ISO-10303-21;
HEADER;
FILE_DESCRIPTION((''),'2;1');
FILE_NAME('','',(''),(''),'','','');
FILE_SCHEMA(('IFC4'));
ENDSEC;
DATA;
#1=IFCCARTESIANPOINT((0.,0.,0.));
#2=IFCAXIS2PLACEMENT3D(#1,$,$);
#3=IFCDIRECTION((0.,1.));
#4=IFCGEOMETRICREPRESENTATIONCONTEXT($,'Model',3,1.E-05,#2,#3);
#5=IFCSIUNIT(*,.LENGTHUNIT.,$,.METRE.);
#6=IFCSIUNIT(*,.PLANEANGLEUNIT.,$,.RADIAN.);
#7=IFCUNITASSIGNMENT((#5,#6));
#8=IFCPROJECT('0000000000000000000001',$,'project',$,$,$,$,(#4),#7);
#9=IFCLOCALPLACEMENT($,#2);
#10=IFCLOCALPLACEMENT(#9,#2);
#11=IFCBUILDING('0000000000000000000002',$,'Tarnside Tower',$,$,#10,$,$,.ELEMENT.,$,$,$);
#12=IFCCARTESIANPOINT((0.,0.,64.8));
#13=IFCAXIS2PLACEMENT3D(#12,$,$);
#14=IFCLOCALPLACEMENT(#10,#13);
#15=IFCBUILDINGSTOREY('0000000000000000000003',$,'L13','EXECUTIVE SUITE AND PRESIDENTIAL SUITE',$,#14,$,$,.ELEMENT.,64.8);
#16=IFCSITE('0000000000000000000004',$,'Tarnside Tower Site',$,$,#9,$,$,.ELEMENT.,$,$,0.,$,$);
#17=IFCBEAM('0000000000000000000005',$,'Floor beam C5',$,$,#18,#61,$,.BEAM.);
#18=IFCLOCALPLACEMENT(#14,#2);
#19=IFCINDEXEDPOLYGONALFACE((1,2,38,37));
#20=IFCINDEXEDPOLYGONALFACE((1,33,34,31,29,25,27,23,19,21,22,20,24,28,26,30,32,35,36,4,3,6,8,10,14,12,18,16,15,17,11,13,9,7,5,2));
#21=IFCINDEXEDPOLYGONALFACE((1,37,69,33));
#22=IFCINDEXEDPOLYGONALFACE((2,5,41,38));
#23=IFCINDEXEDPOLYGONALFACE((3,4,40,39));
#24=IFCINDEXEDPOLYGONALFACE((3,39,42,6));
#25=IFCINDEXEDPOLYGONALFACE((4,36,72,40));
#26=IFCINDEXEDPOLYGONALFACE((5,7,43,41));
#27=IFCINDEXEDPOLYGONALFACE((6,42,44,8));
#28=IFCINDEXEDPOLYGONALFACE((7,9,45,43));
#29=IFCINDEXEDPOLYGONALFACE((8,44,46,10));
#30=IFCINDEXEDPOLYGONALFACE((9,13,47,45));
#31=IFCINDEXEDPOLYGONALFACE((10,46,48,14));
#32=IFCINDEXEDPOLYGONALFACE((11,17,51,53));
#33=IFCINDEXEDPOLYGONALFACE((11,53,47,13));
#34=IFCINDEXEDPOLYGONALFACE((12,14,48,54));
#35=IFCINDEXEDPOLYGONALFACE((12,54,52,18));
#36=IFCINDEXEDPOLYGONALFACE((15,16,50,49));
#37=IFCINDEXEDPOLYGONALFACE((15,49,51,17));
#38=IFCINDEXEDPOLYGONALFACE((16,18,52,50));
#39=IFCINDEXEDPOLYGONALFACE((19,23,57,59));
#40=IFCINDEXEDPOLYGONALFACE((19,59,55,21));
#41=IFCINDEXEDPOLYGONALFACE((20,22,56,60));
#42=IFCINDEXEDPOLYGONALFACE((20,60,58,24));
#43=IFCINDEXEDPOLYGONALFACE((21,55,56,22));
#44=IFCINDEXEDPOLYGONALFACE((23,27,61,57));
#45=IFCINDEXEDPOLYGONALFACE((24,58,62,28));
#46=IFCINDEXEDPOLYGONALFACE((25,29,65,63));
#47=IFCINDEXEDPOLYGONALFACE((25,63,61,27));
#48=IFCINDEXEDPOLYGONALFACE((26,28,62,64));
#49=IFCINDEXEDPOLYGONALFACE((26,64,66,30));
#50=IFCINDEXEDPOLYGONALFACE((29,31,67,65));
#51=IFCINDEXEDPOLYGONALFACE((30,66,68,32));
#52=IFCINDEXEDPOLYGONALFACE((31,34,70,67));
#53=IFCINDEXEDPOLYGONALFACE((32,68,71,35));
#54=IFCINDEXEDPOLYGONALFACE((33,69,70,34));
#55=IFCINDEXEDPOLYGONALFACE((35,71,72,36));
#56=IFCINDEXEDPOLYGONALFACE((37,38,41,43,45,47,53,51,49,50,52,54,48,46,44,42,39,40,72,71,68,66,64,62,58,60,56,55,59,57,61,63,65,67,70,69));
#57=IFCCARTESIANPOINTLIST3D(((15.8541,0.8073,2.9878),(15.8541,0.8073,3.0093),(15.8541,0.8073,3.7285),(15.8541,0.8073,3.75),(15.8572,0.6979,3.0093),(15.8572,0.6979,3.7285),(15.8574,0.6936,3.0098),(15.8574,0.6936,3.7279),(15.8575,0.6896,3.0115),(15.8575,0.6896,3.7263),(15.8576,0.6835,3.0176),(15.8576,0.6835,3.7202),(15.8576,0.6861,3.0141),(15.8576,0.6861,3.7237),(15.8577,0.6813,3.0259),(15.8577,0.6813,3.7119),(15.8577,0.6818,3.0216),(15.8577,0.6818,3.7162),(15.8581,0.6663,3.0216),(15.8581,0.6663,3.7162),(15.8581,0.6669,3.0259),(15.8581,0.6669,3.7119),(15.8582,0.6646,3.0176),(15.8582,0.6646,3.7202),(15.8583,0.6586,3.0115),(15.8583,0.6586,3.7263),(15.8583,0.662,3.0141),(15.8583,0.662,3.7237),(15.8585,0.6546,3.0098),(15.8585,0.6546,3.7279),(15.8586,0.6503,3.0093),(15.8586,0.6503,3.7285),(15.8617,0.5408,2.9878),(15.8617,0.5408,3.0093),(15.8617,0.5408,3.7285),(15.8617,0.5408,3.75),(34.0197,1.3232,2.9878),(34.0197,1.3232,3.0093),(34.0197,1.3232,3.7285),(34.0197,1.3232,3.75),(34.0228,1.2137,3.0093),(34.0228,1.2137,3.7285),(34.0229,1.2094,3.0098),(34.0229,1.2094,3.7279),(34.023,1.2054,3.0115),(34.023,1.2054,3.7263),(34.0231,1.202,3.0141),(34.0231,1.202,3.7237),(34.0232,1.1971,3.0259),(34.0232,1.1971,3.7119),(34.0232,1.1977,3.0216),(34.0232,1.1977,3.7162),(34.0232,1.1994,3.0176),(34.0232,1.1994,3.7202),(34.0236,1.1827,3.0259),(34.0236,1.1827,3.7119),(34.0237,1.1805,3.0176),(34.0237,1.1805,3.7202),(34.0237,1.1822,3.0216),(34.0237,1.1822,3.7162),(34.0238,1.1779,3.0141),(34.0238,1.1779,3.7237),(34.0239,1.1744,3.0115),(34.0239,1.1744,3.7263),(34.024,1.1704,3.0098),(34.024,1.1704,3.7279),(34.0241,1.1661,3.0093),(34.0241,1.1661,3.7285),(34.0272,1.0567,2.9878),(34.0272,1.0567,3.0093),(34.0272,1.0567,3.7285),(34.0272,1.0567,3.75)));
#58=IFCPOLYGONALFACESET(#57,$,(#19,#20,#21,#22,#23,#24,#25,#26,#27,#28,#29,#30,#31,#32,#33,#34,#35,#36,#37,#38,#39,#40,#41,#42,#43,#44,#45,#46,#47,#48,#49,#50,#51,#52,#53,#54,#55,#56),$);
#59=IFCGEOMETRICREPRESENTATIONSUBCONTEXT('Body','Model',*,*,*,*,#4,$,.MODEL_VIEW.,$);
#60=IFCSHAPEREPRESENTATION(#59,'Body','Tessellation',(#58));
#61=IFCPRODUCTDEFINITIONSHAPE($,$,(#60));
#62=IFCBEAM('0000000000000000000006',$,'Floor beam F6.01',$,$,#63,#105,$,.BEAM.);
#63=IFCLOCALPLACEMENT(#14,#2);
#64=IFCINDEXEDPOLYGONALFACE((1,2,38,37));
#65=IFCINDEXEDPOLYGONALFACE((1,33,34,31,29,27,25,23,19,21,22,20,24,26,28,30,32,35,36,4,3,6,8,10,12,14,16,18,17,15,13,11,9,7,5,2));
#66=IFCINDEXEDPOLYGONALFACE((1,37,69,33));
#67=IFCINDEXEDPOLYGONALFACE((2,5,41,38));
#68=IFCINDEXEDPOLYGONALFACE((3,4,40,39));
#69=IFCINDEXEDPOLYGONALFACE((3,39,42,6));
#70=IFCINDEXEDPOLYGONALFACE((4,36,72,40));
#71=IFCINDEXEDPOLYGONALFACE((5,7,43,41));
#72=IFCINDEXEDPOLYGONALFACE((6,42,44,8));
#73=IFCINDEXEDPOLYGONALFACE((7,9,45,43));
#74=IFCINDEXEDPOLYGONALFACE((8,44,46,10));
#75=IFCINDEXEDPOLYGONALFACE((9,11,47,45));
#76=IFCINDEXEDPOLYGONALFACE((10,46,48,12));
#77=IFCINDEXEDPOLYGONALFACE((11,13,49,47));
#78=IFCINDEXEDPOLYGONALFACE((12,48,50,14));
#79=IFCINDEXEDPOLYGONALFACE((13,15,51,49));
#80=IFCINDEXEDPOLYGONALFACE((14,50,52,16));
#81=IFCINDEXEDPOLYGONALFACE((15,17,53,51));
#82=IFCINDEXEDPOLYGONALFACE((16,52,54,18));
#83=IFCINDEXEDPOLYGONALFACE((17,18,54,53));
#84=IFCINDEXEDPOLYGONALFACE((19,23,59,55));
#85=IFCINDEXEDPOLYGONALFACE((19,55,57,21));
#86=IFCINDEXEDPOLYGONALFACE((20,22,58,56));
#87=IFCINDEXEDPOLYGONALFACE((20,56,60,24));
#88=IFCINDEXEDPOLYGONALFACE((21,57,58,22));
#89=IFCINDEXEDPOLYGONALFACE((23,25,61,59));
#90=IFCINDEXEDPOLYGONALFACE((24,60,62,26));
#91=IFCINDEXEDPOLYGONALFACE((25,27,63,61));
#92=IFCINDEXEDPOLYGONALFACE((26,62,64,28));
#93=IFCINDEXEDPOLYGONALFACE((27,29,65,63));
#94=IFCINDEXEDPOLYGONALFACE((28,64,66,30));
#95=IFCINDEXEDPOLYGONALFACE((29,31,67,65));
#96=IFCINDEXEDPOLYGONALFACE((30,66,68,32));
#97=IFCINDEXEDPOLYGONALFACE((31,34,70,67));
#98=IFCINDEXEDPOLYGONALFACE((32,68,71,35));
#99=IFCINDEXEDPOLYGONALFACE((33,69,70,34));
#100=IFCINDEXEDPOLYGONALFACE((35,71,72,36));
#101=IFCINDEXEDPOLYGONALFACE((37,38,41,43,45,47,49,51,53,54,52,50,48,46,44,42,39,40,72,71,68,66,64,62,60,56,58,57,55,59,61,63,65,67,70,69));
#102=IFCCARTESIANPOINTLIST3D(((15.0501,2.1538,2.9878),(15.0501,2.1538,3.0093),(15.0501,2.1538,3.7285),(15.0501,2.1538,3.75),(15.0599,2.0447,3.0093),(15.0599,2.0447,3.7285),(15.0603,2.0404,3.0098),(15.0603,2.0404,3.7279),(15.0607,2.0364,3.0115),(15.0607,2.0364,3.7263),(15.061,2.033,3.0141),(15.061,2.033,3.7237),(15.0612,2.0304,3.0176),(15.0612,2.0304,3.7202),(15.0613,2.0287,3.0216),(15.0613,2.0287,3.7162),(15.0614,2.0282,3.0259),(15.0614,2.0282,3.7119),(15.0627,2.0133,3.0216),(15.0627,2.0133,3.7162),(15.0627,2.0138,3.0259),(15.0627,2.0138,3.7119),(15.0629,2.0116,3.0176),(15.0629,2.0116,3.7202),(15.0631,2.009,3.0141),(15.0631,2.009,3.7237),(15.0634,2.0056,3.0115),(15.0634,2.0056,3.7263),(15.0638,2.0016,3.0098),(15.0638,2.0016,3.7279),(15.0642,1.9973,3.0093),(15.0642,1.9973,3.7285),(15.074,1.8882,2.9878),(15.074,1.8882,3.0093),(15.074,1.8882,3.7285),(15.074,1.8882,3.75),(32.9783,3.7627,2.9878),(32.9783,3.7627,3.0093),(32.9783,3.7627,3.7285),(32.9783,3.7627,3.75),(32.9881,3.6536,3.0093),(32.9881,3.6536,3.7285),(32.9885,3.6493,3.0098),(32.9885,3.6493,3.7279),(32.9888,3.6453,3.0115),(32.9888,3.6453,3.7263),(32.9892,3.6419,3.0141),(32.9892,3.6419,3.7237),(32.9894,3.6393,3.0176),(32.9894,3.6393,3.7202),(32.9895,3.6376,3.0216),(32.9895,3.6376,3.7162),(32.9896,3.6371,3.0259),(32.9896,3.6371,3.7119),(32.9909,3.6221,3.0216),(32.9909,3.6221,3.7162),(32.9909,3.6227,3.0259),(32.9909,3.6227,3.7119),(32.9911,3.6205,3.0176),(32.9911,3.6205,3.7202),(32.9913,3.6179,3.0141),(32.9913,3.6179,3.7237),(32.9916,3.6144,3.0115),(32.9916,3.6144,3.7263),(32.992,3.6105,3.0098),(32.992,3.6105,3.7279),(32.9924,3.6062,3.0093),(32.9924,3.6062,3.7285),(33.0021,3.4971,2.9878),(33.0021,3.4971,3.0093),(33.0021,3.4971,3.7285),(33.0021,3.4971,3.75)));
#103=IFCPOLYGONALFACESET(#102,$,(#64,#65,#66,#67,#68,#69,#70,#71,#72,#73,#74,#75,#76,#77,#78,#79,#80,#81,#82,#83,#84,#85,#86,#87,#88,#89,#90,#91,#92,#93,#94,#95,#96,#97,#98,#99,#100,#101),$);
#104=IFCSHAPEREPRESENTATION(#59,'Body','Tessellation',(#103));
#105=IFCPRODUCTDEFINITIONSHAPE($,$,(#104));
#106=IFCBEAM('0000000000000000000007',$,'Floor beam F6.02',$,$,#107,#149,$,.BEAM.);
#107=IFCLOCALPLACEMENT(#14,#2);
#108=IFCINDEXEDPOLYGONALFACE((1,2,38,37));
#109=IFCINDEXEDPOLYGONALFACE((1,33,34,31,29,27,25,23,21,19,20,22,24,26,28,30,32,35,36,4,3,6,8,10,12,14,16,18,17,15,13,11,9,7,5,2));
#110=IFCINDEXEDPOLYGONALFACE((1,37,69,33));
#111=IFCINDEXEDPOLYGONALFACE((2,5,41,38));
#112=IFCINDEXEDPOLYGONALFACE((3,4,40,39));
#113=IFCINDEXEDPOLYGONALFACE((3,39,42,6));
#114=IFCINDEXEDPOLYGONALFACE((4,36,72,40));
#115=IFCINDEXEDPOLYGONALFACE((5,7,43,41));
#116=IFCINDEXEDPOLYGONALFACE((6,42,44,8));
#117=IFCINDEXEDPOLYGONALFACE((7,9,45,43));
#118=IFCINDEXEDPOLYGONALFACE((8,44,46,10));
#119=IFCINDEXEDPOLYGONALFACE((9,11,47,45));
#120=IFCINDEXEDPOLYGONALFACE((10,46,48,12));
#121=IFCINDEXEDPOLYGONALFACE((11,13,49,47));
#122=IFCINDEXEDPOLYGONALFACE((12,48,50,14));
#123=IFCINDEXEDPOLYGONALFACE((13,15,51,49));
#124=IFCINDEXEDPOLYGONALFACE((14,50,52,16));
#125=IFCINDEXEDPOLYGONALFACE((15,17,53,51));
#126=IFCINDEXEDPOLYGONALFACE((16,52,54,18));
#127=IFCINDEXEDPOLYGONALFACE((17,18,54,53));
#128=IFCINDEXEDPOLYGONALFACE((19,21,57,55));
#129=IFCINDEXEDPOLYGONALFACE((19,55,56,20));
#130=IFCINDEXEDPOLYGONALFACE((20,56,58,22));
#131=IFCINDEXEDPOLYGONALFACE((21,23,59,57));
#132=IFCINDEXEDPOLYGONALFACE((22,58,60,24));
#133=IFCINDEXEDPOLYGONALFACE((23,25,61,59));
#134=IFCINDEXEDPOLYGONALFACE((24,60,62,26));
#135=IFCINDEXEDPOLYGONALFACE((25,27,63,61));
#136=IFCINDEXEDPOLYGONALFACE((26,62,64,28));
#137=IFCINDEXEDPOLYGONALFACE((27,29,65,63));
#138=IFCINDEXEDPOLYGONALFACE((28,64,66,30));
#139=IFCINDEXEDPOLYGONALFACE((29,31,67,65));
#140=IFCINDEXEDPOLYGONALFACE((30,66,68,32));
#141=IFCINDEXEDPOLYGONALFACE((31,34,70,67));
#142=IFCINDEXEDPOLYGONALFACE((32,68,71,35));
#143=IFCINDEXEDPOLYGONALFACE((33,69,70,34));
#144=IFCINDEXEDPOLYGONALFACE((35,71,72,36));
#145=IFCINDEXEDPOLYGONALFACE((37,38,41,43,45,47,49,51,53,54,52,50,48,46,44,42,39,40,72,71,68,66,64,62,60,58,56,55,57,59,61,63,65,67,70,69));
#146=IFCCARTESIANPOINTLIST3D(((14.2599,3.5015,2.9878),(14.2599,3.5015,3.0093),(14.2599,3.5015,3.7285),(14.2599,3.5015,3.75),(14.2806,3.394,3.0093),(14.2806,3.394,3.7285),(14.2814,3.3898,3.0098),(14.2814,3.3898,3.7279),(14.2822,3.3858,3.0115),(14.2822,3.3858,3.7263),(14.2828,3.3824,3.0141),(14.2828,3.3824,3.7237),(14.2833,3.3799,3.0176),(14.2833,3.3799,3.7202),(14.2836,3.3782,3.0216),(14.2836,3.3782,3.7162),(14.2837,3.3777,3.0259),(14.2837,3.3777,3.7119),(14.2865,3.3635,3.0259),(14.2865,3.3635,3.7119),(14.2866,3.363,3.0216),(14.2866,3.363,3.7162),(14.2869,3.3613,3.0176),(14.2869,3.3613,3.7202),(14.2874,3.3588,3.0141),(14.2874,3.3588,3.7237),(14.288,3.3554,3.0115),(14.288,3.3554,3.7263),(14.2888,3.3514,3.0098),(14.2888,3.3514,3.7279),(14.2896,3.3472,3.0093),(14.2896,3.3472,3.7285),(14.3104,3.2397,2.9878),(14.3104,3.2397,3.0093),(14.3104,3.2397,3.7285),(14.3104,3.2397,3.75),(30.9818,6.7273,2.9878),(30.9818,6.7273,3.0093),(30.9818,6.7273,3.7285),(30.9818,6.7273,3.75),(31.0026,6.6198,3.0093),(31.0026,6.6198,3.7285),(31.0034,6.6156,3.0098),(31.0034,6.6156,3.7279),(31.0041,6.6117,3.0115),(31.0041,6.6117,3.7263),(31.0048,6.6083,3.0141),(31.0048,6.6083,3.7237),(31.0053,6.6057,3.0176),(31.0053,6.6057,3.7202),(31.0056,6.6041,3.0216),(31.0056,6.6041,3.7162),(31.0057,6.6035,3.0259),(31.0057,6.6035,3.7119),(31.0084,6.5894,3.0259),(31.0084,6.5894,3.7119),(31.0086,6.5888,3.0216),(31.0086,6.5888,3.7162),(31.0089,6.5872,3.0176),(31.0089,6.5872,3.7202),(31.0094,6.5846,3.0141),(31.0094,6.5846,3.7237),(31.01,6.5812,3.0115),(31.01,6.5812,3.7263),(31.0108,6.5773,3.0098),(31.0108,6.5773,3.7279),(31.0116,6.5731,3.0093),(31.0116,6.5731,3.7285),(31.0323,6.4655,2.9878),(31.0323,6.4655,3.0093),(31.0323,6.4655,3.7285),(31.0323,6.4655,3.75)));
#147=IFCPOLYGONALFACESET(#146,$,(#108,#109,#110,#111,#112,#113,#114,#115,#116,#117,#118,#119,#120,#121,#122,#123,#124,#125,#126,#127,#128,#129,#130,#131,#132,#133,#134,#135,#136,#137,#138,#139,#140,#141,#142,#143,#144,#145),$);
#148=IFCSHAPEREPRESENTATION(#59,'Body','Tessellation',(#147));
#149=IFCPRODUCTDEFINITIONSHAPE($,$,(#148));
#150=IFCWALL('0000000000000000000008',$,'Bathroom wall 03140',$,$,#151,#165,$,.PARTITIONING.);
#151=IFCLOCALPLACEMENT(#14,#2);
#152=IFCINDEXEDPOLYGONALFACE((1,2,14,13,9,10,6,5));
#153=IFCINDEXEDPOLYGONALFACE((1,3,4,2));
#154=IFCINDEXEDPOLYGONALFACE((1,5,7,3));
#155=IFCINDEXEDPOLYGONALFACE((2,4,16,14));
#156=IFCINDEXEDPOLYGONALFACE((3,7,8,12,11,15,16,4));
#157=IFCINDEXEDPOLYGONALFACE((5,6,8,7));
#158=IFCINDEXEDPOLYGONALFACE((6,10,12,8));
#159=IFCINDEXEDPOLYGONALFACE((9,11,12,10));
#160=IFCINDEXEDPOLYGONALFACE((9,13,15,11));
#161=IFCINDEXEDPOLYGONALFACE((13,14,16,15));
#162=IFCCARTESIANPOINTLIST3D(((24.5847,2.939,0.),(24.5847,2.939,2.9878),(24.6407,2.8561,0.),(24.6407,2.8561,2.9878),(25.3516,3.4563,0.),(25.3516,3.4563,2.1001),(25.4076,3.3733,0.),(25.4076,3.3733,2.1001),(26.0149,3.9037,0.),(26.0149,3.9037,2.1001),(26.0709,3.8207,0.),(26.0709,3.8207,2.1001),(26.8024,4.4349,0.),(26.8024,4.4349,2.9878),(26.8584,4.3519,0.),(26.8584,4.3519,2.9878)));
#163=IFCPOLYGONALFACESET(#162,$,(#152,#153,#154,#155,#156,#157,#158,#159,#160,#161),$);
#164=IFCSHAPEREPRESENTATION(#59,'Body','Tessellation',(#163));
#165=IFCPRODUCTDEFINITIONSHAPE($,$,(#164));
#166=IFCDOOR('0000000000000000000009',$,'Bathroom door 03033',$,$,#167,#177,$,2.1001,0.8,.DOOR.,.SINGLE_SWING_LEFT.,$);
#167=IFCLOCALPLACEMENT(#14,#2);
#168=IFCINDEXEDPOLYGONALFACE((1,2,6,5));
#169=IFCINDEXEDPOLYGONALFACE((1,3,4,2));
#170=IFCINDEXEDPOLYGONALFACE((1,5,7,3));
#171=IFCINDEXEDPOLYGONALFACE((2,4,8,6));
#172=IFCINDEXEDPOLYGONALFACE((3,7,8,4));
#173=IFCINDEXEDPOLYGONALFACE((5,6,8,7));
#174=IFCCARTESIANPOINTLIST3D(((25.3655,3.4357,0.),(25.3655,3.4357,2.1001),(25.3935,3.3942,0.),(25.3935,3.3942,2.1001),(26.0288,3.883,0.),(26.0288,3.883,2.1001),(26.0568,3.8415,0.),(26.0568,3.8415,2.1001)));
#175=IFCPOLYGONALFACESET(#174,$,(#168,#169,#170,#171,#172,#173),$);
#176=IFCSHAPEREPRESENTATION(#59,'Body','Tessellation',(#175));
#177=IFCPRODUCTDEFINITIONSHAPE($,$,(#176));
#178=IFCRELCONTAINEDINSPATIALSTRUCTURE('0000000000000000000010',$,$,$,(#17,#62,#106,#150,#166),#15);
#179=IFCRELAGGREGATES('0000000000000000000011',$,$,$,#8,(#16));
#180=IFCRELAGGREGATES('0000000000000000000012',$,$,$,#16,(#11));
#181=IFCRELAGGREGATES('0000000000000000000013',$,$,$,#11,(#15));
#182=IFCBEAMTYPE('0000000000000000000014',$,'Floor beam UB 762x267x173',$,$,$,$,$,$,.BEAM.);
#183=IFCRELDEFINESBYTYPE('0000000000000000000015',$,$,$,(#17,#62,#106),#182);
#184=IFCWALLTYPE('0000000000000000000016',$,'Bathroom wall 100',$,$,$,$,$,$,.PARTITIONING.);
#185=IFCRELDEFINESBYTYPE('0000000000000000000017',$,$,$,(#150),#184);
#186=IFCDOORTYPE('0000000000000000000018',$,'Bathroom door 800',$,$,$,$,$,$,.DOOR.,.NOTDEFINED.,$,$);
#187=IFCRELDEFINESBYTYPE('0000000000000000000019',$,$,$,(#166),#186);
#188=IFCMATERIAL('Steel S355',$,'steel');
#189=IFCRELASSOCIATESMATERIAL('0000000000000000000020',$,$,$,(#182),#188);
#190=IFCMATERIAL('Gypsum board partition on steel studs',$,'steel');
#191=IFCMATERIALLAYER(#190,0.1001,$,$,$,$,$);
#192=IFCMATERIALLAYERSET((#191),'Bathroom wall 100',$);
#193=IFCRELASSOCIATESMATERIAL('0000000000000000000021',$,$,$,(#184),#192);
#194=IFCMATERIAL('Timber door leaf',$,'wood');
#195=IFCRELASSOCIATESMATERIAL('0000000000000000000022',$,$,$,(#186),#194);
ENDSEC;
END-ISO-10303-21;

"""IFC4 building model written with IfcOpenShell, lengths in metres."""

from ifc_helpers import new_model, si_unit, direction, frame, frame_2d, origin, origin_2d, place, context, subcontext, project, spatial, rectangle, i_section, extrude, material, layer, layer_set, material_profile, profile_set, type_object, element, fill, save


model = new_model("IFC4")

# Units and contexts
model_context = context("Model", 3, precision=1e-05, world=origin(), true_north=direction((0.0, 1.0)))
body_context = subcontext(model_context, "Body", "Model", "MODEL_VIEW")
ifc_project = project(units=[si_unit("LENGTHUNIT", "METRE"), si_unit("PLANEANGLEUNIT", "RADIAN")], contexts=[model_context])

# Site, building, storey
site_placement = place(None, origin())
site = spatial("IfcSite", under=ifc_project, at=site_placement, Name="Tarnside Tower Site", CompositionType="ELEMENT", RefElevation=0.0)
building_placement = place(site_placement, origin())
building = spatial("IfcBuilding", under=site, at=building_placement, Name="Tarnside Tower", CompositionType="ELEMENT")
storey_placement = place(building_placement, frame((0.0, 0.0, 64.8)))
storey = spatial("IfcBuildingStorey", under=building, at=storey_placement, Name="L13", Description="EXECUTIVE SUITE AND PRESIDENTIAL SUITE", CompositionType="ELEMENT", Elevation=64.8)

# Beams
ifc_material_1 = material(Name="Steel S355", Category="steel")
ifc_material_profile = material_profile(ifc_material_1, i_section(OverallWidth=0.2666, OverallDepth=0.7622, WebThickness=0.0144, FlangeThickness=0.0215, FilletRadius=0.0166, at=origin_2d()), Name="UB 762x267x173")
ifc_profile_set = profile_set([ifc_material_profile], Name="Steel S355")
beam_type = type_object("IfcBeamType", Name="Floor beam UB 762x267x173", PredefinedType="BEAM", material=ifc_profile_set)
beam_1_placement = place(storey_placement, frame((34.0234, 1.1899, 3.3689), z_axis=(-0.999597, -0.028387, 0.0), x_axis=(0.028387, -0.999597, 0.0)))
element("IfcBeam", 1, at=beam_1_placement, inside=storey, type_object=beam_type, Name="Floor beam C5", PredefinedType="BEAM", context=body_context, shape_type="SweptSolid", body=[
    extrude(i_section(OverallWidth=0.2666, OverallDepth=0.7622, WebThickness=0.0144, FlangeThickness=0.0215, FilletRadius=0.0166, at=origin_2d()), origin(), (0.0, 0.0, 1.0), 18.1729),
])
beam_2_placement = place(storey_placement, frame((32.9902, 3.6299, 3.3689), z_axis=(-0.995997, -0.089381, 0.0), x_axis=(0.089381, -0.995997, 0.0)))
element("IfcBeam", 2, at=beam_2_placement, inside=storey, type_object=beam_type, Name="Floor beam F6.01", PredefinedType="BEAM", context=body_context, shape_type="SweptSolid", body=[
    extrude(i_section(OverallWidth=0.2666, OverallDepth=0.7622, WebThickness=0.0144, FlangeThickness=0.0215, FilletRadius=0.0166, at=origin_2d()), origin(), (0.0, 0.0, 1.0), 18.0002),
])
beam_3_placement = place(storey_placement, frame((31.0071, 6.5964, 3.3689), z_axis=(-0.981897, -0.189418, 0.0), x_axis=(0.189418, -0.981897, 0.0)))
element("IfcBeam", 3, at=beam_3_placement, inside=storey, type_object=beam_type, Name="Floor beam F6.02", PredefinedType="BEAM", context=body_context, shape_type="SweptSolid", body=[
    extrude(i_section(OverallWidth=0.2666, OverallDepth=0.7622, WebThickness=0.0144, FlangeThickness=0.0215, FilletRadius=0.0166, at=origin_2d()), origin(), (0.0, 0.0, 1.0), 17.0303),
])

# Wall, opening, door
ifc_material_2 = material(Name="Gypsum board partition on steel studs", Category="steel")
ifc_layer_1 = layer(ifc_material_2, 0.1001)
ifc_layer_set_1 = layer_set([ifc_layer_1], Name="Bathroom wall 100")
wall_type_1 = type_object("IfcWallType", Name="Bathroom wall 100", PredefinedType="PARTITIONING", material=ifc_layer_set_1)
wall_1_placement = place(storey_placement, frame((26.8303, 4.3933, 0.0), z_axis=(0.0, 0.0, 1.0), x_axis=(-0.829048, -0.559178, 0.0)))
wall_1 = element("IfcWall", 4, at=wall_1_placement, inside=storey, type_object=wall_type_1, Name="Bathroom wall 03140", PredefinedType="PARTITIONING", context=body_context, shape_type="SweptSolid", body=[
    extrude(rectangle(XDim=2.675, YDim=0.1001, at=frame_2d((1.3374, 0.0))), origin(), (0.0, 0.0, 1.0), 2.9878),
])
opening_1_placement = place(wall_1_placement, frame((0.95, 0.0, 0.0)))
opening_1 = element("IfcOpeningElement", 5, at=opening_1_placement, cuts=wall_1, PredefinedType="OPENING", context=body_context, shape_type="SweptSolid", body=[
    extrude(rectangle(XDim=0.8, YDim=2.1001, at=frame_2d((0.3999, 1.05))), frame((0.0, 0.0601, 0.0), z_axis=(0.0, -1.0, 0.0), x_axis=(1.0, 0.0, 0.0)), (0.0, 0.0, 1.0), 0.1201),
])
ifc_material_3 = material(Name="Timber door leaf", Category="wood")
door_type_1 = type_object("IfcDoorType", Name="Bathroom door 800", OperationType="NOTDEFINED", PredefinedType="DOOR", material=ifc_material_3)
door_1_placement = place(opening_1_placement, origin())
door_1 = element("IfcDoor", 6, at=door_1_placement, inside=storey, type_object=door_type_1, Name="Bathroom door 03033", OperationType="SINGLE_SWING_LEFT", OverallHeight=2.1001, OverallWidth=0.8, PredefinedType="DOOR", context=body_context, shape_type="SweptSolid", body=[
    extrude(rectangle(XDim=0.8, YDim=2.1001, at=frame_2d((0.3999, 1.05))), frame((0.0, 0.0249, 0.0), z_axis=(0.0, -1.0, 0.0), x_axis=(1.0, 0.0, 0.0)), (0.0, 0.0, 1.0), 0.05),
])
fill(opening_1, door_1)

save(model, "model.ifc")
